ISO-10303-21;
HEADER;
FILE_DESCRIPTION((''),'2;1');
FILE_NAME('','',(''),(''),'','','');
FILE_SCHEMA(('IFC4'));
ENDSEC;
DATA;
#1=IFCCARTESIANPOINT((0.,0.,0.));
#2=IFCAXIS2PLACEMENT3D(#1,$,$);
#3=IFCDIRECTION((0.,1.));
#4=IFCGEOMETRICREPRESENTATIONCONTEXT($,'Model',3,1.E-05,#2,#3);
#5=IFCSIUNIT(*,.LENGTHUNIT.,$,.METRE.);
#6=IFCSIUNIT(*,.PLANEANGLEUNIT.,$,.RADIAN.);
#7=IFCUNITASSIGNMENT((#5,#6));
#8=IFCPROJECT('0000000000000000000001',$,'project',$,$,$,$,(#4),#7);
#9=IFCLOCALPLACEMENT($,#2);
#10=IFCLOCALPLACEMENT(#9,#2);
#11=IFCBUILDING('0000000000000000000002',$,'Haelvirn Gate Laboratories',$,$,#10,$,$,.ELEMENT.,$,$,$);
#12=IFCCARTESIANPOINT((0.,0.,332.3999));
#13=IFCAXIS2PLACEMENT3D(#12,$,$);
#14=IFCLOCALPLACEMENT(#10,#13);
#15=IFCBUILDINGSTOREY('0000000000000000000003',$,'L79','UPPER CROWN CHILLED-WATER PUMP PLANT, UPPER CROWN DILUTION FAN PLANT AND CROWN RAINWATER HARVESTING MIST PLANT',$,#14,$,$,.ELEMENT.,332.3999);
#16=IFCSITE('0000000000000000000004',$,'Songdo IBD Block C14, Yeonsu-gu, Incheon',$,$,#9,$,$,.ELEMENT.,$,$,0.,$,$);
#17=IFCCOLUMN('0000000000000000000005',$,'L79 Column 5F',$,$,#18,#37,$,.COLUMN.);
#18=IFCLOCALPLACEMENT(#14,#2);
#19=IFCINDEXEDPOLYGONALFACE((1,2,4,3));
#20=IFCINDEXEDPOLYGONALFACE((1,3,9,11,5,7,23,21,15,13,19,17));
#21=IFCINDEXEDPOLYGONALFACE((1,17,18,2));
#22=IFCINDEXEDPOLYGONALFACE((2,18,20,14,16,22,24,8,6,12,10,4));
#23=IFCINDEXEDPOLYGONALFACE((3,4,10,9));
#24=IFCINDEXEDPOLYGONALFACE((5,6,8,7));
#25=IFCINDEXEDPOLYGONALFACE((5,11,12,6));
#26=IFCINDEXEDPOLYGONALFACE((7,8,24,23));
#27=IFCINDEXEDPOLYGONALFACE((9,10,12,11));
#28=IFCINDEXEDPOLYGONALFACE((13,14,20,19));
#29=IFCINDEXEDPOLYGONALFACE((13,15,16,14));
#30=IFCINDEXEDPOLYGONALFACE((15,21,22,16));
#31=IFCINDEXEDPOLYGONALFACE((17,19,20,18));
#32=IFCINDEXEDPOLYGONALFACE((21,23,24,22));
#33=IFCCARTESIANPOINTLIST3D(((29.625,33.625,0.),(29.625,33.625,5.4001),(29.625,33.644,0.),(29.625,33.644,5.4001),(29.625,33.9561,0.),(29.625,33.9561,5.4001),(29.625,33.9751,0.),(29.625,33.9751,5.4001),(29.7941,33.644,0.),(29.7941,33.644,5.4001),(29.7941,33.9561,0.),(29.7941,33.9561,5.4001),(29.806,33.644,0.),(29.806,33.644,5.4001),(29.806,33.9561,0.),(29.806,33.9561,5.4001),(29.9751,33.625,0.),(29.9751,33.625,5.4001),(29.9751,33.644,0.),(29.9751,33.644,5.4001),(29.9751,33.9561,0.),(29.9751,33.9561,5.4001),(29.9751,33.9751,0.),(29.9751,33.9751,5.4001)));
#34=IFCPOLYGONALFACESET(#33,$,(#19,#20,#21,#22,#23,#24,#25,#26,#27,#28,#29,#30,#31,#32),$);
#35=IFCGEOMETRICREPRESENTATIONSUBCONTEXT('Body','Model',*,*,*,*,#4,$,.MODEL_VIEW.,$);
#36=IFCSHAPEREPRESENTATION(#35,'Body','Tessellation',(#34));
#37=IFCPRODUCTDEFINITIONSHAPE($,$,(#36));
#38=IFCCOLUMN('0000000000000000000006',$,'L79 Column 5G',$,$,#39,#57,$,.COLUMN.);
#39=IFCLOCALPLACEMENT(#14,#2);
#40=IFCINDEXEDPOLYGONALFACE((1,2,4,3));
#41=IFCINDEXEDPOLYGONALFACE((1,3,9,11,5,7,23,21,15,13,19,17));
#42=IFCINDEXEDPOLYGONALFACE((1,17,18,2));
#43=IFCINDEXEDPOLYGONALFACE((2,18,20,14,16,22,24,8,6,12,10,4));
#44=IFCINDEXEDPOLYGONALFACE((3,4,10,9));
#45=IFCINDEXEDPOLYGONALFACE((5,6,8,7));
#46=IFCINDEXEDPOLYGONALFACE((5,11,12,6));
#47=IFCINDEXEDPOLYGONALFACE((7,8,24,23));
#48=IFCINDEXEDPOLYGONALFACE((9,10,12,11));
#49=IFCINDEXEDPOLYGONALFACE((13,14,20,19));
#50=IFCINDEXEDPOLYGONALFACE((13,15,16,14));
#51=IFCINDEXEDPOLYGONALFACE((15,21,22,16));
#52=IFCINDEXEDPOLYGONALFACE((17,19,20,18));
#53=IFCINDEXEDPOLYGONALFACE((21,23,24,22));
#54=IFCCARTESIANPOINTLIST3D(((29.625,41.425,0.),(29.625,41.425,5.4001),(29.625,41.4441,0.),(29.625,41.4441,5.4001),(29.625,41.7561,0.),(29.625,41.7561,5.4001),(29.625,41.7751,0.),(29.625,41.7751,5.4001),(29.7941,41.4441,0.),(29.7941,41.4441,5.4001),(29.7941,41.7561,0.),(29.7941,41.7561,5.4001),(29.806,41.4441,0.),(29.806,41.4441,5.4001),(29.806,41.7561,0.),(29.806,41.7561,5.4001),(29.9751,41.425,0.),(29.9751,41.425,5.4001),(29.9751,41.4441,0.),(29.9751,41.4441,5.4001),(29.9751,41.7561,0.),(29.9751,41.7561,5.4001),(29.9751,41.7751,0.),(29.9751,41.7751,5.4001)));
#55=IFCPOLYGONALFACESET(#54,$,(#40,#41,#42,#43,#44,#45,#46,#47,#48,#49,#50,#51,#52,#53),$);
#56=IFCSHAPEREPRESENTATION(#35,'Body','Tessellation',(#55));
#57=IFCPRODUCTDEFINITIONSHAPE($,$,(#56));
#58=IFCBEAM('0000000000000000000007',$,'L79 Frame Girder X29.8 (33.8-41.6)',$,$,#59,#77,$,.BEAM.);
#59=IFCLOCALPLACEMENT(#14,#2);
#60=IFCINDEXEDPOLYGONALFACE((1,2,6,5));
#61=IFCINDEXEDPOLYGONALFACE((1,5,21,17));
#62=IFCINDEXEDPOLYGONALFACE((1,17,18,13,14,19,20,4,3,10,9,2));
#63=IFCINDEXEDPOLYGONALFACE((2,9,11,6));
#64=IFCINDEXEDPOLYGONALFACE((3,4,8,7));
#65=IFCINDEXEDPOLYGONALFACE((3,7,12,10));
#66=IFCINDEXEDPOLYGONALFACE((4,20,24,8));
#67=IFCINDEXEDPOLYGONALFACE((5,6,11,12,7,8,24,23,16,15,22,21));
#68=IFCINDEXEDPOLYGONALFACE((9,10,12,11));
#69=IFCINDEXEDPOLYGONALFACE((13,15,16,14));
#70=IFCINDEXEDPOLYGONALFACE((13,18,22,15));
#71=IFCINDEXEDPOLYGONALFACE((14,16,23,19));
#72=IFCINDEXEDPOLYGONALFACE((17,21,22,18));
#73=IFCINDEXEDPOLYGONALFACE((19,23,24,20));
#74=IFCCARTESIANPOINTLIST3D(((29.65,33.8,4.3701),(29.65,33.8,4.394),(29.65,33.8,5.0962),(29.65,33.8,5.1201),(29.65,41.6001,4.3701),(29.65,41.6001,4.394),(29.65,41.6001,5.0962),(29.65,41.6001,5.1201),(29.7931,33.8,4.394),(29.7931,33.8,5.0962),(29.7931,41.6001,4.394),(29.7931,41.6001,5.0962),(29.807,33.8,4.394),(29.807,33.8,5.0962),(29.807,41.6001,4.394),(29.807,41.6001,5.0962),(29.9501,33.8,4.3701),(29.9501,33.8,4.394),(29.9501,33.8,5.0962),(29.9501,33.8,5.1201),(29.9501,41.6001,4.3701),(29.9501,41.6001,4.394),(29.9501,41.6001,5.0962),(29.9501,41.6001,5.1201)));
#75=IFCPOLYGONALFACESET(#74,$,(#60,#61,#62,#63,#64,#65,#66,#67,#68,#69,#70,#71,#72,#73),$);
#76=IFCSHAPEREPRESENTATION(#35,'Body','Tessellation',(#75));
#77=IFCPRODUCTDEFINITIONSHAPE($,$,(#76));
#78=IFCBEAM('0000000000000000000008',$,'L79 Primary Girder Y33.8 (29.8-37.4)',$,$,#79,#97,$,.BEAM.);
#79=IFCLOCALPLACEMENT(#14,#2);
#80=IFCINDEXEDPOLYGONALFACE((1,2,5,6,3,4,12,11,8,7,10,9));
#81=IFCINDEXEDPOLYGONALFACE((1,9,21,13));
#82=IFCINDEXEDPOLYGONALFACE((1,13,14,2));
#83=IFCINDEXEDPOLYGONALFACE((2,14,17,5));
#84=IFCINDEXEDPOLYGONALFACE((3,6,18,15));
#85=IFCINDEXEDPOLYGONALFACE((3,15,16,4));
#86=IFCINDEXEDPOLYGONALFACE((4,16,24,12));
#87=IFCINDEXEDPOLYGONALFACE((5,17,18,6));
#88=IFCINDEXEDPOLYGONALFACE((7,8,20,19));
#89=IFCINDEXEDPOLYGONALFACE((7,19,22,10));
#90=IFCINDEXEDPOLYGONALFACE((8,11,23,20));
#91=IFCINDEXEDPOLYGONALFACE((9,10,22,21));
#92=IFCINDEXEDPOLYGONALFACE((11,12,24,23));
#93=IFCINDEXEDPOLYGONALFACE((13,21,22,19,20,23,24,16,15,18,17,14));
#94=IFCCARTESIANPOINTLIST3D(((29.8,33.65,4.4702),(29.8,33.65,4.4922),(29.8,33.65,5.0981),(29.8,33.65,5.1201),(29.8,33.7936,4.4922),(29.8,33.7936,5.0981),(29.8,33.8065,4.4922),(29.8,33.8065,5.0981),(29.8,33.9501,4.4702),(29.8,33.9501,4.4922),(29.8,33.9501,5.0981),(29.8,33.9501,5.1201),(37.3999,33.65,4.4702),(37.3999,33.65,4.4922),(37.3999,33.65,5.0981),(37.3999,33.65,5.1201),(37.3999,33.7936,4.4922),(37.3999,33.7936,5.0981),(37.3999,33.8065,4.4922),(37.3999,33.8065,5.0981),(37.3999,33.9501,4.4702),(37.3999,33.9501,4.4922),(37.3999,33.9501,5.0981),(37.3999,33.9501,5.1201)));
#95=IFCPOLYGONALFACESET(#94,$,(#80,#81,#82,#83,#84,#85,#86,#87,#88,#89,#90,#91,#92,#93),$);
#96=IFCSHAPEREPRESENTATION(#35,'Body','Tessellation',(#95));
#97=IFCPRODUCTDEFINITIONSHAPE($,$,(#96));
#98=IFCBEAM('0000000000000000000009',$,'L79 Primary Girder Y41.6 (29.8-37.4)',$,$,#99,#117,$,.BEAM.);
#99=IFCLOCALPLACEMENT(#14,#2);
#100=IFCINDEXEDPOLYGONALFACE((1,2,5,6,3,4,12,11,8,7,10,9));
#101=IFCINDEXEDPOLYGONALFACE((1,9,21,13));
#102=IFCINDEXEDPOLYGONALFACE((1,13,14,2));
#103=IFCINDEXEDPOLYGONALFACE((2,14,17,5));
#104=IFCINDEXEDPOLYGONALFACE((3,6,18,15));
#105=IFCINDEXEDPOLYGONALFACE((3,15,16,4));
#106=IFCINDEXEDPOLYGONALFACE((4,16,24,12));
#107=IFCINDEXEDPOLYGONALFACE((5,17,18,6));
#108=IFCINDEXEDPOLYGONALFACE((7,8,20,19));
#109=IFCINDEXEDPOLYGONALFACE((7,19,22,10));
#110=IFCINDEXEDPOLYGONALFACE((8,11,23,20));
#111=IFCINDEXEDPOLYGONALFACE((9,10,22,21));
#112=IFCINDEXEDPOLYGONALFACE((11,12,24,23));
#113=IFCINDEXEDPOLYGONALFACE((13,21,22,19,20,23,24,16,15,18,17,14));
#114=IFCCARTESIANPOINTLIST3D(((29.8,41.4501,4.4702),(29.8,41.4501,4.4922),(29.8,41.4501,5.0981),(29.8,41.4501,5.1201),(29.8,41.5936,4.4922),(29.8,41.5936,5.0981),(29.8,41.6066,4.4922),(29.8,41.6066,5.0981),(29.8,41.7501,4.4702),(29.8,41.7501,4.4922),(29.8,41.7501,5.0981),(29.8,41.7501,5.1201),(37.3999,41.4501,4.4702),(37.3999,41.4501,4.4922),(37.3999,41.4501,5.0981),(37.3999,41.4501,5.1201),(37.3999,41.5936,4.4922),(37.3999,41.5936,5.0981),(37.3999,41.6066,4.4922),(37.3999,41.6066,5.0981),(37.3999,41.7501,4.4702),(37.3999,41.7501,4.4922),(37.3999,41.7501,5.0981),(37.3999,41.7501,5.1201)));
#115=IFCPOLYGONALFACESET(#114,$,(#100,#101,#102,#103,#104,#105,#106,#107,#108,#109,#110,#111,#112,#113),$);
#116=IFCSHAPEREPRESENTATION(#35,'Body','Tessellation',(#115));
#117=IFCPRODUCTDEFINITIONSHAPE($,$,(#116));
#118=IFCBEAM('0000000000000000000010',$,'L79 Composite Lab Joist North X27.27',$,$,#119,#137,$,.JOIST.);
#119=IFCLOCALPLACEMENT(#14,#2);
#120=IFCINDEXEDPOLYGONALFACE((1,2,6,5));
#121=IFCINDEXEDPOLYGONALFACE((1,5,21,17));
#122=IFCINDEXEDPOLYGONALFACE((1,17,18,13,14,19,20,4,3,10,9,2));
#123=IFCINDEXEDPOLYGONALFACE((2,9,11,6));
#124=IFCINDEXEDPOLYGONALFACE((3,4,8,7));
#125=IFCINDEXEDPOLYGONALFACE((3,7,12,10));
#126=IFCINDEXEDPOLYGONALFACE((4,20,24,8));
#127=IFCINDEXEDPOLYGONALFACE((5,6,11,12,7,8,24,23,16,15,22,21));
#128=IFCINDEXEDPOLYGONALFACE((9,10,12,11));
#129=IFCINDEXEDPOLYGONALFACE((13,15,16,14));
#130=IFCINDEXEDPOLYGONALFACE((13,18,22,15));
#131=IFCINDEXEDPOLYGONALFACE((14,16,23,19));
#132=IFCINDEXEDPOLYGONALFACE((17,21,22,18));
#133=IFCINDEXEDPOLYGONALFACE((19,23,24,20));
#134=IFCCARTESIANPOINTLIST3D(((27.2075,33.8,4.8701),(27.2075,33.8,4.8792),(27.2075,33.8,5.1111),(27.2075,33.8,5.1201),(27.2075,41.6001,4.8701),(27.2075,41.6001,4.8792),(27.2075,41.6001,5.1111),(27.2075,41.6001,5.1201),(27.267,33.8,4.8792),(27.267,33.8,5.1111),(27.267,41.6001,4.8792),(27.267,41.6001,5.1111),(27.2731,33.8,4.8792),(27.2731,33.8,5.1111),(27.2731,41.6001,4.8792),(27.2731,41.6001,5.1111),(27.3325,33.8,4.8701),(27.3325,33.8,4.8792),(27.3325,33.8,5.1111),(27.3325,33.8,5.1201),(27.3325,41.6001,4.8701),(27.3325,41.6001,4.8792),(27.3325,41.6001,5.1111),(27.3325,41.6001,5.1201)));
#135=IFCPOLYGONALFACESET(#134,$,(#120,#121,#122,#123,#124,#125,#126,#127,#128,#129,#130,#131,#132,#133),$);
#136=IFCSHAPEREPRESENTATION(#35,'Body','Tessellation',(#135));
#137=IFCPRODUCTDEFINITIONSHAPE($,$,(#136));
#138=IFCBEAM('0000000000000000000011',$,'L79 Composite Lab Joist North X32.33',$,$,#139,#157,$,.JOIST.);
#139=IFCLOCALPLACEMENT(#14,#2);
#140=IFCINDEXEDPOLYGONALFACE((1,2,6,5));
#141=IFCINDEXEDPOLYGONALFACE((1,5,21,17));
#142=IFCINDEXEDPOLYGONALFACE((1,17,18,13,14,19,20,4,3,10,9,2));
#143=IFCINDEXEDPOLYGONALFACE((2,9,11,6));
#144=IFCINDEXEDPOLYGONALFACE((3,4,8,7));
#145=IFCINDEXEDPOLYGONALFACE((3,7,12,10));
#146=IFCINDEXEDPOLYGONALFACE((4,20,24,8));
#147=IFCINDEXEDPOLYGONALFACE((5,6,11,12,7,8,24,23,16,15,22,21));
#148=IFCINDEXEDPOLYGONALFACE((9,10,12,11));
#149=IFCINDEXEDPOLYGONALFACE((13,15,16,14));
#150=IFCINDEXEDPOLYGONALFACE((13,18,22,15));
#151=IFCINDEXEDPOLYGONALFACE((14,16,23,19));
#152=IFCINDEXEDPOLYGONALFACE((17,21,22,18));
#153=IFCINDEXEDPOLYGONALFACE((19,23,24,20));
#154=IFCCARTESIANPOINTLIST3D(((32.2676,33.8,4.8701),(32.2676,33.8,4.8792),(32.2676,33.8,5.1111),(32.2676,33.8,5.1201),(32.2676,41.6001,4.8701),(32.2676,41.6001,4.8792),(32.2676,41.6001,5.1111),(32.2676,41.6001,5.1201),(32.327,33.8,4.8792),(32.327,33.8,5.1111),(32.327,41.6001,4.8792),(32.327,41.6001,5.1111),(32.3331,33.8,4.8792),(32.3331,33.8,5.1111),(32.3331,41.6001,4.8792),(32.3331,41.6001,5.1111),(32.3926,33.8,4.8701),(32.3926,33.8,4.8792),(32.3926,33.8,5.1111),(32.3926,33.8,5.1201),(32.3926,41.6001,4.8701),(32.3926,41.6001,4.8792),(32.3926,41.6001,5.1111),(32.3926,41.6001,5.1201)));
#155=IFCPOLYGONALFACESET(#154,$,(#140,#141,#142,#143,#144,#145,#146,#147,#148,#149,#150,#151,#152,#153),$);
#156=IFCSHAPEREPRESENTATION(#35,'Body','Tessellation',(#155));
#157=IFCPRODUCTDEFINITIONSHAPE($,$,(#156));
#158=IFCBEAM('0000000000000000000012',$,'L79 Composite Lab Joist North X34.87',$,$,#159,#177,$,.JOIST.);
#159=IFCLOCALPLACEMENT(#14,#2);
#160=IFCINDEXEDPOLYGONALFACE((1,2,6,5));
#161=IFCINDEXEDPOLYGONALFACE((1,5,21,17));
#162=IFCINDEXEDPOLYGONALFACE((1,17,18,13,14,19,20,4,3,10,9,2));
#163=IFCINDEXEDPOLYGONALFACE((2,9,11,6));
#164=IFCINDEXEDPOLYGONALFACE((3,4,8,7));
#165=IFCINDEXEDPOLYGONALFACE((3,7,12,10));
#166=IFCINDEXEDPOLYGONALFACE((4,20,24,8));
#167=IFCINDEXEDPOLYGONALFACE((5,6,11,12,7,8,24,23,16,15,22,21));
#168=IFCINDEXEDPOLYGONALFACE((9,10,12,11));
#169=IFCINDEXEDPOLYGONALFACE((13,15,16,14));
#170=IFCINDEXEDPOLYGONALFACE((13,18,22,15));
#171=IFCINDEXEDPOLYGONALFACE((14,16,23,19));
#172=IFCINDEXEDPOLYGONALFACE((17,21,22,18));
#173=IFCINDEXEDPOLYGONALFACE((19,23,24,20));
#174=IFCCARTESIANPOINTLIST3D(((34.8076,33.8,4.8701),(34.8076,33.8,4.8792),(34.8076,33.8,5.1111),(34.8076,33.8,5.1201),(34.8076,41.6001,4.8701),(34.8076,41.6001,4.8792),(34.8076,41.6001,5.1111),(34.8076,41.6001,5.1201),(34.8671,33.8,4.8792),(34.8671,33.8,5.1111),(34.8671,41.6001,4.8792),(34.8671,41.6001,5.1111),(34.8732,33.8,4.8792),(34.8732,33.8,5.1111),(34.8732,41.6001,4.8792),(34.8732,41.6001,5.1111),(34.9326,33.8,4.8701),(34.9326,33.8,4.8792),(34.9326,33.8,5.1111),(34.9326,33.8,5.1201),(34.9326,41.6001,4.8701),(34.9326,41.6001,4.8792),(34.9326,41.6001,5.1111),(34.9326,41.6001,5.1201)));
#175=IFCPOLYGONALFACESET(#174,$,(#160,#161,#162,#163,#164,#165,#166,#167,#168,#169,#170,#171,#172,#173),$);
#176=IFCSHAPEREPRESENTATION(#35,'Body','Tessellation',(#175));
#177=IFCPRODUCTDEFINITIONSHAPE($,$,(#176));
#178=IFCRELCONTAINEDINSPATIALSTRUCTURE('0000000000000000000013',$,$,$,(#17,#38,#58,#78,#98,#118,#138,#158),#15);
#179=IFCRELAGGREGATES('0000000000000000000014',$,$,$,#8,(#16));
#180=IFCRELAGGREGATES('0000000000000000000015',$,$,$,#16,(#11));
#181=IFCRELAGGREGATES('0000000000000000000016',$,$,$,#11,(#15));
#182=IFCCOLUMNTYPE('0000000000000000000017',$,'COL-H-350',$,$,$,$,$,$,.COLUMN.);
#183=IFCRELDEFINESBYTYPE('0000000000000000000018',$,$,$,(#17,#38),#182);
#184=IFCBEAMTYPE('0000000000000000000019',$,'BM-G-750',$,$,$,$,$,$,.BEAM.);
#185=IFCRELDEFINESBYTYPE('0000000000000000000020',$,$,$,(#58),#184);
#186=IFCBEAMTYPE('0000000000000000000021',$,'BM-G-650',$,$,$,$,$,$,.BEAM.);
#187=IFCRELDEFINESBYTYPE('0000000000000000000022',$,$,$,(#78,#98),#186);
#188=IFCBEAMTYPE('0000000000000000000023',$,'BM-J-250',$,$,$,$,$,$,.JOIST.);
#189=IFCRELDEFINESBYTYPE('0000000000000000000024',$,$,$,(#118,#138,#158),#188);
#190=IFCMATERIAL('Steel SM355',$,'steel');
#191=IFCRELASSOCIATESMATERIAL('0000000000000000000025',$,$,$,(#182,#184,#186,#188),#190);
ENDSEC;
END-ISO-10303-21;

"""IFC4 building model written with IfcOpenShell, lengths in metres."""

from ifc_helpers import new_model, si_unit, direction, frame, origin, origin_2d, place, context, subcontext, project, spatial, i_section, extrude, source, transform, mapped, material, material_profile, profile_set, type_object, type_shapes, element, save


model = new_model("IFC4")

# Units and contexts
model_context = context("Model", 3, precision=1e-05, world=origin(), true_north=direction((0.0, 1.0)))
body_context = subcontext(model_context, "Body", "Model", "MODEL_VIEW")
ifc_project = project(units=[si_unit("LENGTHUNIT", "METRE"), si_unit("PLANEANGLEUNIT", "RADIAN")], contexts=[model_context])

# Site, building, storey
site_placement = place(None, origin())
site = spatial("IfcSite", under=ifc_project, at=site_placement, Name="Songdo IBD Block C14, Yeonsu-gu, Incheon", CompositionType="ELEMENT", RefElevation=0.0)
building_placement = place(site_placement, origin())
building = spatial("IfcBuilding", under=site, at=building_placement, Name="Haelvirn Gate Laboratories", CompositionType="ELEMENT")
storey_placement = place(building_placement, frame((0.0, 0.0, 332.3999)))
storey = spatial("IfcBuildingStorey", under=building, at=storey_placement, Name="L79", Description="UPPER CROWN CHILLED-WATER PUMP PLANT, UPPER CROWN DILUTION FAN PLANT AND CROWN RAINWATER HARVESTING MIST PLANT", CompositionType="ELEMENT", Elevation=332.3999)

# Columns
ifc_material_1 = material(Name="Steel SM355", Category="steel")
ifc_material_profile_1 = material_profile(ifc_material_1, i_section(OverallWidth=0.3501, OverallDepth=0.3501, WebThickness=0.012, FlangeThickness=0.019, at=origin_2d()), Name="H-350x350x12x19")
ifc_profile_set_1 = profile_set([ifc_material_profile_1], Name="Steel SM355")
column_type = type_object("IfcColumnType", Name="COL-H-350", PredefinedType="COLUMN", material=ifc_profile_set_1)
shared_shape_1 = source(origin(), body_context, "Body", "SweptSolid", [
    extrude(i_section(OverallWidth=0.3501, OverallDepth=0.3501, WebThickness=0.012, FlangeThickness=0.019, at=origin_2d()), origin(), (0.0, 0.0, 1.0), 5.4001),
])
type_shapes(column_type, [shared_shape_1])
for number, where, z_axis, x_axis, name in (
    (1, (29.8, 33.8, 0.0), (0.0, 0.0, 1.0), (1.0, 0.0, 0.0), "L79 Column 5F"),
    (2, (29.8, 41.6001, 0.0), (0.0, 0.0, 1.0), (1.0, 0.0, 0.0), "L79 Column 5G"),
):
    element("IfcColumn", number, at=place(storey_placement, frame(where, z_axis=z_axis, x_axis=x_axis)), inside=storey, type_object=column_type, Name=name, PredefinedType="COLUMN", context=body_context, shape_type="MappedRepresentation", body=[
        mapped(shared_shape_1, transform((0.0, 0.0, 0.0), scale=1.0)),
    ])

# Beams
ifc_material_profile_2 = material_profile(ifc_material_1, i_section(OverallWidth=0.3, OverallDepth=0.75, WebThickness=0.0139, FlangeThickness=0.0239, at=origin_2d()), Name="H-750x300x14x24")
ifc_profile_set_2 = profile_set([ifc_material_profile_2], Name="Steel SM355")
beam_type_1 = type_object("IfcBeamType", Name="BM-G-750", PredefinedType="BEAM", material=ifc_profile_set_2)
shared_shape_2 = source(origin(), body_context, "Body", "SweptSolid", [
    extrude(i_section(OverallWidth=0.3, OverallDepth=0.75, WebThickness=0.0139, FlangeThickness=0.0239, at=origin_2d()), origin(), (0.0, 0.0, 1.0), 7.8),
])
type_shapes(beam_type_1, [shared_shape_2])
beam_placement = place(storey_placement, frame((29.8, 33.8, 4.7451), z_axis=(0.0, 1.0, 0.0), x_axis=(-1.0, 0.0, 0.0)))
element("IfcBeam", 3, at=beam_placement, inside=storey, type_object=beam_type_1, Name="L79 Frame Girder X29.8 (33.8-41.6)", PredefinedType="BEAM", context=body_context, shape_type="MappedRepresentation", body=[
    mapped(shared_shape_2, transform((0.0, 0.0, 0.0), scale=1.0)),
])
ifc_material_profile_3 = material_profile(ifc_material_1, i_section(OverallWidth=0.3, OverallDepth=0.6499, WebThickness=0.0129, FlangeThickness=0.022, at=origin_2d()), Name="H-650x300x13x22")
ifc_profile_set_3 = profile_set([ifc_material_profile_3], Name="Steel SM355")
beam_type_2 = type_object("IfcBeamType", Name="BM-G-650", PredefinedType="BEAM", material=ifc_profile_set_3)
shared_shape_3 = source(origin(), body_context, "Body", "SweptSolid", [
    extrude(i_section(OverallWidth=0.3, OverallDepth=0.6499, WebThickness=0.0129, FlangeThickness=0.022, at=origin_2d()), origin(), (0.0, 0.0, 1.0), 7.5999),
])
type_shapes(beam_type_2, [shared_shape_3])
for number, where, z_axis, x_axis, name in (
    (4, (29.8, 33.8, 4.7952), (1.0, 0.0, 0.0), (0.0, 1.0, 0.0), "L79 Primary Girder Y33.8 (29.8-37.4)"),
    (5, (29.8, 41.6001, 4.7952), (1.0, 0.0, 0.0), (0.0, 1.0, 0.0), "L79 Primary Girder Y41.6 (29.8-37.4)"),
):
    element("IfcBeam", number, at=place(storey_placement, frame(where, z_axis=z_axis, x_axis=x_axis)), inside=storey, type_object=beam_type_2, Name=name, PredefinedType="BEAM", context=body_context, shape_type="MappedRepresentation", body=[
        mapped(shared_shape_3, transform((0.0, 0.0, 0.0), scale=1.0)),
    ])
ifc_material_profile_4 = material_profile(ifc_material_1, i_section(OverallWidth=0.125, OverallDepth=0.25, WebThickness=0.0061, FlangeThickness=0.009, at=origin_2d()), Name="H-250x125x6x9")
ifc_profile_set_4 = profile_set([ifc_material_profile_4], Name="Steel SM355")
beam_type_3 = type_object("IfcBeamType", Name="BM-J-250", PredefinedType="JOIST", material=ifc_profile_set_4)
shared_shape_4 = source(origin(), body_context, "Body", "SweptSolid", [
    extrude(i_section(OverallWidth=0.125, OverallDepth=0.25, WebThickness=0.0061, FlangeThickness=0.009, at=origin_2d()), origin(), (0.0, 0.0, 1.0), 7.8),
])
type_shapes(beam_type_3, [shared_shape_4])
for number, where, z_axis, x_axis, name in (
    (6, (27.27, 33.8, 4.9951), (0.0, 1.0, 0.0), (-1.0, 0.0, 0.0), "L79 Composite Lab Joist North X27.27"),
    (7, (32.3301, 33.8, 4.9951), (0.0, 1.0, 0.0), (-1.0, 0.0, 0.0), "L79 Composite Lab Joist North X32.33"),
    (8, (34.8701, 33.8, 4.9951), (0.0, 1.0, 0.0), (-1.0, 0.0, 0.0), "L79 Composite Lab Joist North X34.87"),
):
    element("IfcBeam", number, at=place(storey_placement, frame(where, z_axis=z_axis, x_axis=x_axis)), inside=storey, type_object=beam_type_3, Name=name, PredefinedType="JOIST", context=body_context, shape_type="MappedRepresentation", body=[
        mapped(shared_shape_4, transform((0.0, 0.0, 0.0), scale=1.0)),
    ])

save(model, "model.ifc")
